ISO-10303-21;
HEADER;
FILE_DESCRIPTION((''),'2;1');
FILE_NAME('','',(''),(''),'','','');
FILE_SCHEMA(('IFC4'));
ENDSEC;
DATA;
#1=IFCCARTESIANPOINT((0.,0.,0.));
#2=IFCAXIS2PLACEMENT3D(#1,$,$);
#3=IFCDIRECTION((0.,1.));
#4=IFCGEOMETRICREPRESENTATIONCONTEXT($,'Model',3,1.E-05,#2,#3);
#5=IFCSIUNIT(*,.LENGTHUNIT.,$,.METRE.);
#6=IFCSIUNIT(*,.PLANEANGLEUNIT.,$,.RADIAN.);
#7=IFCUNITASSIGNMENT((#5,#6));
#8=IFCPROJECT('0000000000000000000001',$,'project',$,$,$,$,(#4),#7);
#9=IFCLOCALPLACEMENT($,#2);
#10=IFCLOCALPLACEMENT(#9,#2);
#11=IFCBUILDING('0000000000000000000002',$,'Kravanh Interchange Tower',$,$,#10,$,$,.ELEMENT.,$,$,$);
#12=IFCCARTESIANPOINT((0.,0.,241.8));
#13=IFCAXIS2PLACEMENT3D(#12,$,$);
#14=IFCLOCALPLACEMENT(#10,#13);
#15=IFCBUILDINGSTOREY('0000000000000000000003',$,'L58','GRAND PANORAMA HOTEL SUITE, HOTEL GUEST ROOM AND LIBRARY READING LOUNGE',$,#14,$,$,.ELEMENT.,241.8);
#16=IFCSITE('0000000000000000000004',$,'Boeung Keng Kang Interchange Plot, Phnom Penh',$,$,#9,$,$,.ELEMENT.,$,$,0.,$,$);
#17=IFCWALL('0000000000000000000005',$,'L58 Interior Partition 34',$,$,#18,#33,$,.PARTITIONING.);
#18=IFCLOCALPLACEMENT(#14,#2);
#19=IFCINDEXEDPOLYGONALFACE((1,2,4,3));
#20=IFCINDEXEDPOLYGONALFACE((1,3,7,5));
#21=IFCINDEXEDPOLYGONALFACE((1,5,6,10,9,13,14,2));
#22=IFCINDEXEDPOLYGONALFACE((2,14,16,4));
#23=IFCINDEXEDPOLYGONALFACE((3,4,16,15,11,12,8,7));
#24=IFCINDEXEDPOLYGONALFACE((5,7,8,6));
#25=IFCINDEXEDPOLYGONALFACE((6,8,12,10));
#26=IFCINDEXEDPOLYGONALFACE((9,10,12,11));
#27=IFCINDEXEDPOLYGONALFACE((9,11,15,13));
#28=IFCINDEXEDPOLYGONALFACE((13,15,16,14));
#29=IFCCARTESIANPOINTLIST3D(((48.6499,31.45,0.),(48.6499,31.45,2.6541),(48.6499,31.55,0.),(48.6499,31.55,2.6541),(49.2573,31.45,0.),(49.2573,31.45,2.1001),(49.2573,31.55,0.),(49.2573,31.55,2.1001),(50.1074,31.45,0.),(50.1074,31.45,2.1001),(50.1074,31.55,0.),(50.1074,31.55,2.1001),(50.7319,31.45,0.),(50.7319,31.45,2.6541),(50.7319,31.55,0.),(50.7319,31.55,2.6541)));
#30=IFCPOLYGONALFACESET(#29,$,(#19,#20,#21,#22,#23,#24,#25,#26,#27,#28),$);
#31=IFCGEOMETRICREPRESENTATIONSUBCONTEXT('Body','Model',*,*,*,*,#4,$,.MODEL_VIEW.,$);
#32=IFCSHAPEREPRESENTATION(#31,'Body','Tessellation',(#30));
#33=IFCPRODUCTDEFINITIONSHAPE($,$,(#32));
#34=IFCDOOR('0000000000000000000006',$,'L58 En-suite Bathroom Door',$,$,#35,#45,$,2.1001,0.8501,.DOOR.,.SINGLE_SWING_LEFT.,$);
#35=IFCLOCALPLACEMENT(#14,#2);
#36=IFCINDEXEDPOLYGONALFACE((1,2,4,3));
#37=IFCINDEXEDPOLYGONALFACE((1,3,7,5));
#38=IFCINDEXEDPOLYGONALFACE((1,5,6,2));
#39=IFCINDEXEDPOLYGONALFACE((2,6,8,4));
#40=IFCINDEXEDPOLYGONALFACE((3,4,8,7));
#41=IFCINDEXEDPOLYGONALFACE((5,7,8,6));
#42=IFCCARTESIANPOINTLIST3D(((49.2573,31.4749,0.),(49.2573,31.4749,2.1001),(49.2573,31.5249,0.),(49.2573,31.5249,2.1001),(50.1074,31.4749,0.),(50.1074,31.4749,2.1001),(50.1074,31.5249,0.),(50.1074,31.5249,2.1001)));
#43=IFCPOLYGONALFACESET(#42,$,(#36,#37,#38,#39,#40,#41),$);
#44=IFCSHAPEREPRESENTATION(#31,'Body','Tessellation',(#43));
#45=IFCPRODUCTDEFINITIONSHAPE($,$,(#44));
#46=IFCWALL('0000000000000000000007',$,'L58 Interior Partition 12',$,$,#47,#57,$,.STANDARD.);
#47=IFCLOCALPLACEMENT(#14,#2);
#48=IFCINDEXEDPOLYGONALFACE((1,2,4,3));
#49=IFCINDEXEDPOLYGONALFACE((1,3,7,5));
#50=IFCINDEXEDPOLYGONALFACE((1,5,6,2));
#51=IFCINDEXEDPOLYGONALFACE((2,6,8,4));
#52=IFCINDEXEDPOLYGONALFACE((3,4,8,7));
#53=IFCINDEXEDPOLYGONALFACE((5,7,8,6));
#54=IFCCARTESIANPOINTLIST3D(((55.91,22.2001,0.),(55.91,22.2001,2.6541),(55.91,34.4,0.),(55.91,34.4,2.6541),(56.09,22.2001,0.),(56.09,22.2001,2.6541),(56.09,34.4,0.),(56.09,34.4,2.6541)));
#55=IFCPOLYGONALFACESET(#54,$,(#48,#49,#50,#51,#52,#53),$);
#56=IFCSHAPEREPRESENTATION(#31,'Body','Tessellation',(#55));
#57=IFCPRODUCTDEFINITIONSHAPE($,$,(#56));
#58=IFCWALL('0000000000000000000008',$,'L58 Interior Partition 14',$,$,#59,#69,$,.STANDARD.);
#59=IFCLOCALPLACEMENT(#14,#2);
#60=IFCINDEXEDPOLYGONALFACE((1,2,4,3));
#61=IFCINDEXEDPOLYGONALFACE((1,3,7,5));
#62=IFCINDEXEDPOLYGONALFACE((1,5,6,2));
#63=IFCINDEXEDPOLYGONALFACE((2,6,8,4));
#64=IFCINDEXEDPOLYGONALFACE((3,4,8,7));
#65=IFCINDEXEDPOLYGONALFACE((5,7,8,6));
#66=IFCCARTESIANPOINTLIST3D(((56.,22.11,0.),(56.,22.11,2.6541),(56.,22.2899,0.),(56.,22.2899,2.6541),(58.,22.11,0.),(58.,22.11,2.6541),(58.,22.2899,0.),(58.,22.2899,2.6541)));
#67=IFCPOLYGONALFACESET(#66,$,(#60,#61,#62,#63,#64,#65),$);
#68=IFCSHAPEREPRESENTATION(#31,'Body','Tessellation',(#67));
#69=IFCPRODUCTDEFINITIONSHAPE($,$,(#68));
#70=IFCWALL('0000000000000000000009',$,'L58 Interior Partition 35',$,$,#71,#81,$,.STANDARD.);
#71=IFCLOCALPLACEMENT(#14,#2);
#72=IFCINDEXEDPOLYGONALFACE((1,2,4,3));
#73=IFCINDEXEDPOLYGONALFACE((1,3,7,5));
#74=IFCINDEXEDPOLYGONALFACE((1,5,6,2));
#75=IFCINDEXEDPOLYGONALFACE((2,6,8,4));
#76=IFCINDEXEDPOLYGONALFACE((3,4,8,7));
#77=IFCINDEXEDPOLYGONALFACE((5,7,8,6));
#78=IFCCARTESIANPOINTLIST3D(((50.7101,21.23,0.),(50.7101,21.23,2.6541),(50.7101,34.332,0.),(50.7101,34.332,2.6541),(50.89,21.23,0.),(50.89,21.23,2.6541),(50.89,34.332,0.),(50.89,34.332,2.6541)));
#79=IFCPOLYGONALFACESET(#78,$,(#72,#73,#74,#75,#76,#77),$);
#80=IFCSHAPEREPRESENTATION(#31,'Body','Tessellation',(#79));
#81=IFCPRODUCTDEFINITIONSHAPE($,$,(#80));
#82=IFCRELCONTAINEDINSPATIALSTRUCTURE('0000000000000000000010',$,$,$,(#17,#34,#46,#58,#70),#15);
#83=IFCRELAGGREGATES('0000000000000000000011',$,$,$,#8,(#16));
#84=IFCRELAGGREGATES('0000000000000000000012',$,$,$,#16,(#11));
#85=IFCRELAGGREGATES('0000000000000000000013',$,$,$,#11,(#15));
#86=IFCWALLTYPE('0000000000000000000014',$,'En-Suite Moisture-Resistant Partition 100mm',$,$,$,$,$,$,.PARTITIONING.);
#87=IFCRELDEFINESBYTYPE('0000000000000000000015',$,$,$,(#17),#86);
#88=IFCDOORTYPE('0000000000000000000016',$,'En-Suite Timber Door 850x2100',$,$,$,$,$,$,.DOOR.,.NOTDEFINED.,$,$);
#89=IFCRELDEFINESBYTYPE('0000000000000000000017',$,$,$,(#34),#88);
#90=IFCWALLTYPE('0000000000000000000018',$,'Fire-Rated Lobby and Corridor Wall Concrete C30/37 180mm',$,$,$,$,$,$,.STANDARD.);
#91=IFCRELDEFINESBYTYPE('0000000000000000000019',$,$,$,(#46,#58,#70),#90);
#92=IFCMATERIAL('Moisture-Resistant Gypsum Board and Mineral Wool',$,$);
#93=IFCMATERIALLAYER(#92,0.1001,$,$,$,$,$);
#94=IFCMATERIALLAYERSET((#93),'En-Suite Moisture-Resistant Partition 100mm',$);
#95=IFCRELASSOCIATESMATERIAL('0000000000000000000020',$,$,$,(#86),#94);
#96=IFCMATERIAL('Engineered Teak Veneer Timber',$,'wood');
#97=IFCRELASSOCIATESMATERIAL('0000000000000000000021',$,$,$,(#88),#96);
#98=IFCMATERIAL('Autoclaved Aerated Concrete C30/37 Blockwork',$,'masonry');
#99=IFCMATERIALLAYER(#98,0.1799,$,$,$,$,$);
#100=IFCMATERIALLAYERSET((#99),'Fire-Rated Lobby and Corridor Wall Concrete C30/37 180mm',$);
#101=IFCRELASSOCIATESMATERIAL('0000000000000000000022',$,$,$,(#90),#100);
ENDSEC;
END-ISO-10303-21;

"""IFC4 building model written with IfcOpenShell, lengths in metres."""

from ifc_helpers import new_model, si_unit, direction, frame, frame_2d, origin, place, context, subcontext, project, spatial, rectangle, extrude, material, layer, layer_set, type_object, element, fill, save


model = new_model("IFC4")

# Units and contexts
model_context = context("Model", 3, precision=1e-05, world=origin(), true_north=direction((0.0, 1.0)))
body_context = subcontext(model_context, "Body", "Model", "MODEL_VIEW")
ifc_project = project(units=[si_unit("LENGTHUNIT", "METRE"), si_unit("PLANEANGLEUNIT", "RADIAN")], contexts=[model_context])

# Site, building, storey
site_placement = place(None, origin())
site = spatial("IfcSite", under=ifc_project, at=site_placement, Name="Boeung Keng Kang Interchange Plot, Phnom Penh", CompositionType="ELEMENT", RefElevation=0.0)
building_placement = place(site_placement, origin())
building = spatial("IfcBuilding", under=site, at=building_placement, Name="Kravanh Interchange Tower", CompositionType="ELEMENT")
storey_placement = place(building_placement, frame((0.0, 0.0, 241.8)))
storey = spatial("IfcBuildingStorey", under=building, at=storey_placement, Name="L58", Description="GRAND PANORAMA HOTEL SUITE, HOTEL GUEST ROOM AND LIBRARY READING LOUNGE", CompositionType="ELEMENT", Elevation=241.8)

# Shared definitions
ifc_material_1 = material(Name="Moisture-Resistant Gypsum Board and Mineral Wool")
ifc_layer_1 = layer(ifc_material_1, 0.1001)
ifc_layer_set_1 = layer_set([ifc_layer_1], Name="En-Suite Moisture-Resistant Partition 100mm")
wall_type_1 = type_object("IfcWallType", Name="En-Suite Moisture-Resistant Partition 100mm", PredefinedType="PARTITIONING", material=ifc_layer_set_1)

# Wall, opening, door
wall_1_placement = place(storey_placement, frame((48.6499, 31.5, 0.0), z_axis=(0.0, 0.0, 1.0), x_axis=(1.0, 0.0, 0.0)))
wall_1 = element("IfcWall", 1, at=wall_1_placement, inside=storey, type_object=wall_type_1, Name="L58 Interior Partition 34", PredefinedType="PARTITIONING", context=body_context, shape_type="SweptSolid", body=[
    extrude(rectangle(XDim=2.082, YDim=0.1001, at=frame_2d((1.041, 0.0))), origin(), (0.0, 0.0, 1.0), 2.6541),
])
opening_1_placement = place(wall_1_placement, frame((0.6074, 0.0, 0.0)))
opening_1 = element("IfcOpeningElement", 2, at=opening_1_placement, cuts=wall_1, PredefinedType="OPENING", context=body_context, shape_type="SweptSolid", body=[
    extrude(rectangle(XDim=0.8501, YDim=2.1001, at=frame_2d((0.425, 1.05))), frame((0.0, 0.0601, 0.0), z_axis=(0.0, -1.0, 0.0), x_axis=(1.0, 0.0, 0.0)), (0.0, 0.0, 1.0), 0.1201),
])
ifc_material_2 = material(Name="Engineered Teak Veneer Timber", Category="wood")
door_type_1 = type_object("IfcDoorType", Name="En-Suite Timber Door 850x2100", OperationType="NOTDEFINED", PredefinedType="DOOR", material=ifc_material_2)
door_1_placement = place(opening_1_placement, origin())
door_1 = element("IfcDoor", 3, at=door_1_placement, inside=storey, type_object=door_type_1, Name="L58 En-suite Bathroom Door", OperationType="SINGLE_SWING_LEFT", OverallHeight=2.1001, OverallWidth=0.8501, PredefinedType="DOOR", context=body_context, shape_type="SweptSolid", body=[
    extrude(rectangle(XDim=0.8501, YDim=2.1001, at=frame_2d((0.425, 1.05))), frame((0.0, 0.0249, 0.0), z_axis=(0.0, -1.0, 0.0), x_axis=(1.0, 0.0, 0.0)), (0.0, 0.0, 1.0), 0.05),
])
fill(opening_1, door_1)

# Walls
ifc_material_3 = material(Name="Autoclaved Aerated Concrete C30/37 Blockwork", Category="masonry")
ifc_layer_2 = layer(ifc_material_3, 0.1799)
ifc_layer_set_2 = layer_set([ifc_layer_2], Name="Fire-Rated Lobby and Corridor Wall Concrete C30/37 180mm")
wall_type_2 = type_object("IfcWallType", Name="Fire-Rated Lobby and Corridor Wall Concrete C30/37 180mm", PredefinedType="STANDARD", material=ifc_layer_set_2)
wall_2_placement = place(storey_placement, frame((56.0, 22.2, 0.0), z_axis=(0.0, 0.0, 1.0), x_axis=(0.0, 1.0, 0.0)))
element("IfcWall", 4, at=wall_2_placement, inside=storey, type_object=wall_type_2, Name="L58 Interior Partition 12", PredefinedType="STANDARD", context=body_context, shape_type="SweptSolid", body=[
    extrude(rectangle(XDim=12.2, YDim=0.1799, at=frame_2d((6.1001, 0.0))), origin(), (0.0, 0.0, 1.0), 2.6541),
])
wall_3_placement = place(storey_placement, frame((56.0, 22.2, 0.0), z_axis=(0.0, 0.0, 1.0), x_axis=(1.0, 0.0, 0.0)))
element("IfcWall", 5, at=wall_3_placement, inside=storey, type_object=wall_type_2, Name="L58 Interior Partition 14", PredefinedType="STANDARD", context=body_context, shape_type="SweptSolid", body=[
    extrude(rectangle(XDim=2.0, YDim=0.1799, at=frame_2d((1.0, 0.0))), origin(), (0.0, 0.0, 1.0), 2.6541),
])
wall_4_placement = place(storey_placement, frame((50.8, 21.23, 0.0), z_axis=(0.0, 0.0, 1.0), x_axis=(0.0, 1.0, 0.0)))
element("IfcWall", 6, at=wall_4_placement, inside=storey, type_object=wall_type_2, Name="L58 Interior Partition 35", PredefinedType="STANDARD", context=body_context, shape_type="SweptSolid", body=[
    extrude(rectangle(XDim=13.1021, YDim=0.1799, at=frame_2d((6.551, 0.0))), origin(), (0.0, 0.0, 1.0), 2.6541),
])

save(model, "model.ifc")
